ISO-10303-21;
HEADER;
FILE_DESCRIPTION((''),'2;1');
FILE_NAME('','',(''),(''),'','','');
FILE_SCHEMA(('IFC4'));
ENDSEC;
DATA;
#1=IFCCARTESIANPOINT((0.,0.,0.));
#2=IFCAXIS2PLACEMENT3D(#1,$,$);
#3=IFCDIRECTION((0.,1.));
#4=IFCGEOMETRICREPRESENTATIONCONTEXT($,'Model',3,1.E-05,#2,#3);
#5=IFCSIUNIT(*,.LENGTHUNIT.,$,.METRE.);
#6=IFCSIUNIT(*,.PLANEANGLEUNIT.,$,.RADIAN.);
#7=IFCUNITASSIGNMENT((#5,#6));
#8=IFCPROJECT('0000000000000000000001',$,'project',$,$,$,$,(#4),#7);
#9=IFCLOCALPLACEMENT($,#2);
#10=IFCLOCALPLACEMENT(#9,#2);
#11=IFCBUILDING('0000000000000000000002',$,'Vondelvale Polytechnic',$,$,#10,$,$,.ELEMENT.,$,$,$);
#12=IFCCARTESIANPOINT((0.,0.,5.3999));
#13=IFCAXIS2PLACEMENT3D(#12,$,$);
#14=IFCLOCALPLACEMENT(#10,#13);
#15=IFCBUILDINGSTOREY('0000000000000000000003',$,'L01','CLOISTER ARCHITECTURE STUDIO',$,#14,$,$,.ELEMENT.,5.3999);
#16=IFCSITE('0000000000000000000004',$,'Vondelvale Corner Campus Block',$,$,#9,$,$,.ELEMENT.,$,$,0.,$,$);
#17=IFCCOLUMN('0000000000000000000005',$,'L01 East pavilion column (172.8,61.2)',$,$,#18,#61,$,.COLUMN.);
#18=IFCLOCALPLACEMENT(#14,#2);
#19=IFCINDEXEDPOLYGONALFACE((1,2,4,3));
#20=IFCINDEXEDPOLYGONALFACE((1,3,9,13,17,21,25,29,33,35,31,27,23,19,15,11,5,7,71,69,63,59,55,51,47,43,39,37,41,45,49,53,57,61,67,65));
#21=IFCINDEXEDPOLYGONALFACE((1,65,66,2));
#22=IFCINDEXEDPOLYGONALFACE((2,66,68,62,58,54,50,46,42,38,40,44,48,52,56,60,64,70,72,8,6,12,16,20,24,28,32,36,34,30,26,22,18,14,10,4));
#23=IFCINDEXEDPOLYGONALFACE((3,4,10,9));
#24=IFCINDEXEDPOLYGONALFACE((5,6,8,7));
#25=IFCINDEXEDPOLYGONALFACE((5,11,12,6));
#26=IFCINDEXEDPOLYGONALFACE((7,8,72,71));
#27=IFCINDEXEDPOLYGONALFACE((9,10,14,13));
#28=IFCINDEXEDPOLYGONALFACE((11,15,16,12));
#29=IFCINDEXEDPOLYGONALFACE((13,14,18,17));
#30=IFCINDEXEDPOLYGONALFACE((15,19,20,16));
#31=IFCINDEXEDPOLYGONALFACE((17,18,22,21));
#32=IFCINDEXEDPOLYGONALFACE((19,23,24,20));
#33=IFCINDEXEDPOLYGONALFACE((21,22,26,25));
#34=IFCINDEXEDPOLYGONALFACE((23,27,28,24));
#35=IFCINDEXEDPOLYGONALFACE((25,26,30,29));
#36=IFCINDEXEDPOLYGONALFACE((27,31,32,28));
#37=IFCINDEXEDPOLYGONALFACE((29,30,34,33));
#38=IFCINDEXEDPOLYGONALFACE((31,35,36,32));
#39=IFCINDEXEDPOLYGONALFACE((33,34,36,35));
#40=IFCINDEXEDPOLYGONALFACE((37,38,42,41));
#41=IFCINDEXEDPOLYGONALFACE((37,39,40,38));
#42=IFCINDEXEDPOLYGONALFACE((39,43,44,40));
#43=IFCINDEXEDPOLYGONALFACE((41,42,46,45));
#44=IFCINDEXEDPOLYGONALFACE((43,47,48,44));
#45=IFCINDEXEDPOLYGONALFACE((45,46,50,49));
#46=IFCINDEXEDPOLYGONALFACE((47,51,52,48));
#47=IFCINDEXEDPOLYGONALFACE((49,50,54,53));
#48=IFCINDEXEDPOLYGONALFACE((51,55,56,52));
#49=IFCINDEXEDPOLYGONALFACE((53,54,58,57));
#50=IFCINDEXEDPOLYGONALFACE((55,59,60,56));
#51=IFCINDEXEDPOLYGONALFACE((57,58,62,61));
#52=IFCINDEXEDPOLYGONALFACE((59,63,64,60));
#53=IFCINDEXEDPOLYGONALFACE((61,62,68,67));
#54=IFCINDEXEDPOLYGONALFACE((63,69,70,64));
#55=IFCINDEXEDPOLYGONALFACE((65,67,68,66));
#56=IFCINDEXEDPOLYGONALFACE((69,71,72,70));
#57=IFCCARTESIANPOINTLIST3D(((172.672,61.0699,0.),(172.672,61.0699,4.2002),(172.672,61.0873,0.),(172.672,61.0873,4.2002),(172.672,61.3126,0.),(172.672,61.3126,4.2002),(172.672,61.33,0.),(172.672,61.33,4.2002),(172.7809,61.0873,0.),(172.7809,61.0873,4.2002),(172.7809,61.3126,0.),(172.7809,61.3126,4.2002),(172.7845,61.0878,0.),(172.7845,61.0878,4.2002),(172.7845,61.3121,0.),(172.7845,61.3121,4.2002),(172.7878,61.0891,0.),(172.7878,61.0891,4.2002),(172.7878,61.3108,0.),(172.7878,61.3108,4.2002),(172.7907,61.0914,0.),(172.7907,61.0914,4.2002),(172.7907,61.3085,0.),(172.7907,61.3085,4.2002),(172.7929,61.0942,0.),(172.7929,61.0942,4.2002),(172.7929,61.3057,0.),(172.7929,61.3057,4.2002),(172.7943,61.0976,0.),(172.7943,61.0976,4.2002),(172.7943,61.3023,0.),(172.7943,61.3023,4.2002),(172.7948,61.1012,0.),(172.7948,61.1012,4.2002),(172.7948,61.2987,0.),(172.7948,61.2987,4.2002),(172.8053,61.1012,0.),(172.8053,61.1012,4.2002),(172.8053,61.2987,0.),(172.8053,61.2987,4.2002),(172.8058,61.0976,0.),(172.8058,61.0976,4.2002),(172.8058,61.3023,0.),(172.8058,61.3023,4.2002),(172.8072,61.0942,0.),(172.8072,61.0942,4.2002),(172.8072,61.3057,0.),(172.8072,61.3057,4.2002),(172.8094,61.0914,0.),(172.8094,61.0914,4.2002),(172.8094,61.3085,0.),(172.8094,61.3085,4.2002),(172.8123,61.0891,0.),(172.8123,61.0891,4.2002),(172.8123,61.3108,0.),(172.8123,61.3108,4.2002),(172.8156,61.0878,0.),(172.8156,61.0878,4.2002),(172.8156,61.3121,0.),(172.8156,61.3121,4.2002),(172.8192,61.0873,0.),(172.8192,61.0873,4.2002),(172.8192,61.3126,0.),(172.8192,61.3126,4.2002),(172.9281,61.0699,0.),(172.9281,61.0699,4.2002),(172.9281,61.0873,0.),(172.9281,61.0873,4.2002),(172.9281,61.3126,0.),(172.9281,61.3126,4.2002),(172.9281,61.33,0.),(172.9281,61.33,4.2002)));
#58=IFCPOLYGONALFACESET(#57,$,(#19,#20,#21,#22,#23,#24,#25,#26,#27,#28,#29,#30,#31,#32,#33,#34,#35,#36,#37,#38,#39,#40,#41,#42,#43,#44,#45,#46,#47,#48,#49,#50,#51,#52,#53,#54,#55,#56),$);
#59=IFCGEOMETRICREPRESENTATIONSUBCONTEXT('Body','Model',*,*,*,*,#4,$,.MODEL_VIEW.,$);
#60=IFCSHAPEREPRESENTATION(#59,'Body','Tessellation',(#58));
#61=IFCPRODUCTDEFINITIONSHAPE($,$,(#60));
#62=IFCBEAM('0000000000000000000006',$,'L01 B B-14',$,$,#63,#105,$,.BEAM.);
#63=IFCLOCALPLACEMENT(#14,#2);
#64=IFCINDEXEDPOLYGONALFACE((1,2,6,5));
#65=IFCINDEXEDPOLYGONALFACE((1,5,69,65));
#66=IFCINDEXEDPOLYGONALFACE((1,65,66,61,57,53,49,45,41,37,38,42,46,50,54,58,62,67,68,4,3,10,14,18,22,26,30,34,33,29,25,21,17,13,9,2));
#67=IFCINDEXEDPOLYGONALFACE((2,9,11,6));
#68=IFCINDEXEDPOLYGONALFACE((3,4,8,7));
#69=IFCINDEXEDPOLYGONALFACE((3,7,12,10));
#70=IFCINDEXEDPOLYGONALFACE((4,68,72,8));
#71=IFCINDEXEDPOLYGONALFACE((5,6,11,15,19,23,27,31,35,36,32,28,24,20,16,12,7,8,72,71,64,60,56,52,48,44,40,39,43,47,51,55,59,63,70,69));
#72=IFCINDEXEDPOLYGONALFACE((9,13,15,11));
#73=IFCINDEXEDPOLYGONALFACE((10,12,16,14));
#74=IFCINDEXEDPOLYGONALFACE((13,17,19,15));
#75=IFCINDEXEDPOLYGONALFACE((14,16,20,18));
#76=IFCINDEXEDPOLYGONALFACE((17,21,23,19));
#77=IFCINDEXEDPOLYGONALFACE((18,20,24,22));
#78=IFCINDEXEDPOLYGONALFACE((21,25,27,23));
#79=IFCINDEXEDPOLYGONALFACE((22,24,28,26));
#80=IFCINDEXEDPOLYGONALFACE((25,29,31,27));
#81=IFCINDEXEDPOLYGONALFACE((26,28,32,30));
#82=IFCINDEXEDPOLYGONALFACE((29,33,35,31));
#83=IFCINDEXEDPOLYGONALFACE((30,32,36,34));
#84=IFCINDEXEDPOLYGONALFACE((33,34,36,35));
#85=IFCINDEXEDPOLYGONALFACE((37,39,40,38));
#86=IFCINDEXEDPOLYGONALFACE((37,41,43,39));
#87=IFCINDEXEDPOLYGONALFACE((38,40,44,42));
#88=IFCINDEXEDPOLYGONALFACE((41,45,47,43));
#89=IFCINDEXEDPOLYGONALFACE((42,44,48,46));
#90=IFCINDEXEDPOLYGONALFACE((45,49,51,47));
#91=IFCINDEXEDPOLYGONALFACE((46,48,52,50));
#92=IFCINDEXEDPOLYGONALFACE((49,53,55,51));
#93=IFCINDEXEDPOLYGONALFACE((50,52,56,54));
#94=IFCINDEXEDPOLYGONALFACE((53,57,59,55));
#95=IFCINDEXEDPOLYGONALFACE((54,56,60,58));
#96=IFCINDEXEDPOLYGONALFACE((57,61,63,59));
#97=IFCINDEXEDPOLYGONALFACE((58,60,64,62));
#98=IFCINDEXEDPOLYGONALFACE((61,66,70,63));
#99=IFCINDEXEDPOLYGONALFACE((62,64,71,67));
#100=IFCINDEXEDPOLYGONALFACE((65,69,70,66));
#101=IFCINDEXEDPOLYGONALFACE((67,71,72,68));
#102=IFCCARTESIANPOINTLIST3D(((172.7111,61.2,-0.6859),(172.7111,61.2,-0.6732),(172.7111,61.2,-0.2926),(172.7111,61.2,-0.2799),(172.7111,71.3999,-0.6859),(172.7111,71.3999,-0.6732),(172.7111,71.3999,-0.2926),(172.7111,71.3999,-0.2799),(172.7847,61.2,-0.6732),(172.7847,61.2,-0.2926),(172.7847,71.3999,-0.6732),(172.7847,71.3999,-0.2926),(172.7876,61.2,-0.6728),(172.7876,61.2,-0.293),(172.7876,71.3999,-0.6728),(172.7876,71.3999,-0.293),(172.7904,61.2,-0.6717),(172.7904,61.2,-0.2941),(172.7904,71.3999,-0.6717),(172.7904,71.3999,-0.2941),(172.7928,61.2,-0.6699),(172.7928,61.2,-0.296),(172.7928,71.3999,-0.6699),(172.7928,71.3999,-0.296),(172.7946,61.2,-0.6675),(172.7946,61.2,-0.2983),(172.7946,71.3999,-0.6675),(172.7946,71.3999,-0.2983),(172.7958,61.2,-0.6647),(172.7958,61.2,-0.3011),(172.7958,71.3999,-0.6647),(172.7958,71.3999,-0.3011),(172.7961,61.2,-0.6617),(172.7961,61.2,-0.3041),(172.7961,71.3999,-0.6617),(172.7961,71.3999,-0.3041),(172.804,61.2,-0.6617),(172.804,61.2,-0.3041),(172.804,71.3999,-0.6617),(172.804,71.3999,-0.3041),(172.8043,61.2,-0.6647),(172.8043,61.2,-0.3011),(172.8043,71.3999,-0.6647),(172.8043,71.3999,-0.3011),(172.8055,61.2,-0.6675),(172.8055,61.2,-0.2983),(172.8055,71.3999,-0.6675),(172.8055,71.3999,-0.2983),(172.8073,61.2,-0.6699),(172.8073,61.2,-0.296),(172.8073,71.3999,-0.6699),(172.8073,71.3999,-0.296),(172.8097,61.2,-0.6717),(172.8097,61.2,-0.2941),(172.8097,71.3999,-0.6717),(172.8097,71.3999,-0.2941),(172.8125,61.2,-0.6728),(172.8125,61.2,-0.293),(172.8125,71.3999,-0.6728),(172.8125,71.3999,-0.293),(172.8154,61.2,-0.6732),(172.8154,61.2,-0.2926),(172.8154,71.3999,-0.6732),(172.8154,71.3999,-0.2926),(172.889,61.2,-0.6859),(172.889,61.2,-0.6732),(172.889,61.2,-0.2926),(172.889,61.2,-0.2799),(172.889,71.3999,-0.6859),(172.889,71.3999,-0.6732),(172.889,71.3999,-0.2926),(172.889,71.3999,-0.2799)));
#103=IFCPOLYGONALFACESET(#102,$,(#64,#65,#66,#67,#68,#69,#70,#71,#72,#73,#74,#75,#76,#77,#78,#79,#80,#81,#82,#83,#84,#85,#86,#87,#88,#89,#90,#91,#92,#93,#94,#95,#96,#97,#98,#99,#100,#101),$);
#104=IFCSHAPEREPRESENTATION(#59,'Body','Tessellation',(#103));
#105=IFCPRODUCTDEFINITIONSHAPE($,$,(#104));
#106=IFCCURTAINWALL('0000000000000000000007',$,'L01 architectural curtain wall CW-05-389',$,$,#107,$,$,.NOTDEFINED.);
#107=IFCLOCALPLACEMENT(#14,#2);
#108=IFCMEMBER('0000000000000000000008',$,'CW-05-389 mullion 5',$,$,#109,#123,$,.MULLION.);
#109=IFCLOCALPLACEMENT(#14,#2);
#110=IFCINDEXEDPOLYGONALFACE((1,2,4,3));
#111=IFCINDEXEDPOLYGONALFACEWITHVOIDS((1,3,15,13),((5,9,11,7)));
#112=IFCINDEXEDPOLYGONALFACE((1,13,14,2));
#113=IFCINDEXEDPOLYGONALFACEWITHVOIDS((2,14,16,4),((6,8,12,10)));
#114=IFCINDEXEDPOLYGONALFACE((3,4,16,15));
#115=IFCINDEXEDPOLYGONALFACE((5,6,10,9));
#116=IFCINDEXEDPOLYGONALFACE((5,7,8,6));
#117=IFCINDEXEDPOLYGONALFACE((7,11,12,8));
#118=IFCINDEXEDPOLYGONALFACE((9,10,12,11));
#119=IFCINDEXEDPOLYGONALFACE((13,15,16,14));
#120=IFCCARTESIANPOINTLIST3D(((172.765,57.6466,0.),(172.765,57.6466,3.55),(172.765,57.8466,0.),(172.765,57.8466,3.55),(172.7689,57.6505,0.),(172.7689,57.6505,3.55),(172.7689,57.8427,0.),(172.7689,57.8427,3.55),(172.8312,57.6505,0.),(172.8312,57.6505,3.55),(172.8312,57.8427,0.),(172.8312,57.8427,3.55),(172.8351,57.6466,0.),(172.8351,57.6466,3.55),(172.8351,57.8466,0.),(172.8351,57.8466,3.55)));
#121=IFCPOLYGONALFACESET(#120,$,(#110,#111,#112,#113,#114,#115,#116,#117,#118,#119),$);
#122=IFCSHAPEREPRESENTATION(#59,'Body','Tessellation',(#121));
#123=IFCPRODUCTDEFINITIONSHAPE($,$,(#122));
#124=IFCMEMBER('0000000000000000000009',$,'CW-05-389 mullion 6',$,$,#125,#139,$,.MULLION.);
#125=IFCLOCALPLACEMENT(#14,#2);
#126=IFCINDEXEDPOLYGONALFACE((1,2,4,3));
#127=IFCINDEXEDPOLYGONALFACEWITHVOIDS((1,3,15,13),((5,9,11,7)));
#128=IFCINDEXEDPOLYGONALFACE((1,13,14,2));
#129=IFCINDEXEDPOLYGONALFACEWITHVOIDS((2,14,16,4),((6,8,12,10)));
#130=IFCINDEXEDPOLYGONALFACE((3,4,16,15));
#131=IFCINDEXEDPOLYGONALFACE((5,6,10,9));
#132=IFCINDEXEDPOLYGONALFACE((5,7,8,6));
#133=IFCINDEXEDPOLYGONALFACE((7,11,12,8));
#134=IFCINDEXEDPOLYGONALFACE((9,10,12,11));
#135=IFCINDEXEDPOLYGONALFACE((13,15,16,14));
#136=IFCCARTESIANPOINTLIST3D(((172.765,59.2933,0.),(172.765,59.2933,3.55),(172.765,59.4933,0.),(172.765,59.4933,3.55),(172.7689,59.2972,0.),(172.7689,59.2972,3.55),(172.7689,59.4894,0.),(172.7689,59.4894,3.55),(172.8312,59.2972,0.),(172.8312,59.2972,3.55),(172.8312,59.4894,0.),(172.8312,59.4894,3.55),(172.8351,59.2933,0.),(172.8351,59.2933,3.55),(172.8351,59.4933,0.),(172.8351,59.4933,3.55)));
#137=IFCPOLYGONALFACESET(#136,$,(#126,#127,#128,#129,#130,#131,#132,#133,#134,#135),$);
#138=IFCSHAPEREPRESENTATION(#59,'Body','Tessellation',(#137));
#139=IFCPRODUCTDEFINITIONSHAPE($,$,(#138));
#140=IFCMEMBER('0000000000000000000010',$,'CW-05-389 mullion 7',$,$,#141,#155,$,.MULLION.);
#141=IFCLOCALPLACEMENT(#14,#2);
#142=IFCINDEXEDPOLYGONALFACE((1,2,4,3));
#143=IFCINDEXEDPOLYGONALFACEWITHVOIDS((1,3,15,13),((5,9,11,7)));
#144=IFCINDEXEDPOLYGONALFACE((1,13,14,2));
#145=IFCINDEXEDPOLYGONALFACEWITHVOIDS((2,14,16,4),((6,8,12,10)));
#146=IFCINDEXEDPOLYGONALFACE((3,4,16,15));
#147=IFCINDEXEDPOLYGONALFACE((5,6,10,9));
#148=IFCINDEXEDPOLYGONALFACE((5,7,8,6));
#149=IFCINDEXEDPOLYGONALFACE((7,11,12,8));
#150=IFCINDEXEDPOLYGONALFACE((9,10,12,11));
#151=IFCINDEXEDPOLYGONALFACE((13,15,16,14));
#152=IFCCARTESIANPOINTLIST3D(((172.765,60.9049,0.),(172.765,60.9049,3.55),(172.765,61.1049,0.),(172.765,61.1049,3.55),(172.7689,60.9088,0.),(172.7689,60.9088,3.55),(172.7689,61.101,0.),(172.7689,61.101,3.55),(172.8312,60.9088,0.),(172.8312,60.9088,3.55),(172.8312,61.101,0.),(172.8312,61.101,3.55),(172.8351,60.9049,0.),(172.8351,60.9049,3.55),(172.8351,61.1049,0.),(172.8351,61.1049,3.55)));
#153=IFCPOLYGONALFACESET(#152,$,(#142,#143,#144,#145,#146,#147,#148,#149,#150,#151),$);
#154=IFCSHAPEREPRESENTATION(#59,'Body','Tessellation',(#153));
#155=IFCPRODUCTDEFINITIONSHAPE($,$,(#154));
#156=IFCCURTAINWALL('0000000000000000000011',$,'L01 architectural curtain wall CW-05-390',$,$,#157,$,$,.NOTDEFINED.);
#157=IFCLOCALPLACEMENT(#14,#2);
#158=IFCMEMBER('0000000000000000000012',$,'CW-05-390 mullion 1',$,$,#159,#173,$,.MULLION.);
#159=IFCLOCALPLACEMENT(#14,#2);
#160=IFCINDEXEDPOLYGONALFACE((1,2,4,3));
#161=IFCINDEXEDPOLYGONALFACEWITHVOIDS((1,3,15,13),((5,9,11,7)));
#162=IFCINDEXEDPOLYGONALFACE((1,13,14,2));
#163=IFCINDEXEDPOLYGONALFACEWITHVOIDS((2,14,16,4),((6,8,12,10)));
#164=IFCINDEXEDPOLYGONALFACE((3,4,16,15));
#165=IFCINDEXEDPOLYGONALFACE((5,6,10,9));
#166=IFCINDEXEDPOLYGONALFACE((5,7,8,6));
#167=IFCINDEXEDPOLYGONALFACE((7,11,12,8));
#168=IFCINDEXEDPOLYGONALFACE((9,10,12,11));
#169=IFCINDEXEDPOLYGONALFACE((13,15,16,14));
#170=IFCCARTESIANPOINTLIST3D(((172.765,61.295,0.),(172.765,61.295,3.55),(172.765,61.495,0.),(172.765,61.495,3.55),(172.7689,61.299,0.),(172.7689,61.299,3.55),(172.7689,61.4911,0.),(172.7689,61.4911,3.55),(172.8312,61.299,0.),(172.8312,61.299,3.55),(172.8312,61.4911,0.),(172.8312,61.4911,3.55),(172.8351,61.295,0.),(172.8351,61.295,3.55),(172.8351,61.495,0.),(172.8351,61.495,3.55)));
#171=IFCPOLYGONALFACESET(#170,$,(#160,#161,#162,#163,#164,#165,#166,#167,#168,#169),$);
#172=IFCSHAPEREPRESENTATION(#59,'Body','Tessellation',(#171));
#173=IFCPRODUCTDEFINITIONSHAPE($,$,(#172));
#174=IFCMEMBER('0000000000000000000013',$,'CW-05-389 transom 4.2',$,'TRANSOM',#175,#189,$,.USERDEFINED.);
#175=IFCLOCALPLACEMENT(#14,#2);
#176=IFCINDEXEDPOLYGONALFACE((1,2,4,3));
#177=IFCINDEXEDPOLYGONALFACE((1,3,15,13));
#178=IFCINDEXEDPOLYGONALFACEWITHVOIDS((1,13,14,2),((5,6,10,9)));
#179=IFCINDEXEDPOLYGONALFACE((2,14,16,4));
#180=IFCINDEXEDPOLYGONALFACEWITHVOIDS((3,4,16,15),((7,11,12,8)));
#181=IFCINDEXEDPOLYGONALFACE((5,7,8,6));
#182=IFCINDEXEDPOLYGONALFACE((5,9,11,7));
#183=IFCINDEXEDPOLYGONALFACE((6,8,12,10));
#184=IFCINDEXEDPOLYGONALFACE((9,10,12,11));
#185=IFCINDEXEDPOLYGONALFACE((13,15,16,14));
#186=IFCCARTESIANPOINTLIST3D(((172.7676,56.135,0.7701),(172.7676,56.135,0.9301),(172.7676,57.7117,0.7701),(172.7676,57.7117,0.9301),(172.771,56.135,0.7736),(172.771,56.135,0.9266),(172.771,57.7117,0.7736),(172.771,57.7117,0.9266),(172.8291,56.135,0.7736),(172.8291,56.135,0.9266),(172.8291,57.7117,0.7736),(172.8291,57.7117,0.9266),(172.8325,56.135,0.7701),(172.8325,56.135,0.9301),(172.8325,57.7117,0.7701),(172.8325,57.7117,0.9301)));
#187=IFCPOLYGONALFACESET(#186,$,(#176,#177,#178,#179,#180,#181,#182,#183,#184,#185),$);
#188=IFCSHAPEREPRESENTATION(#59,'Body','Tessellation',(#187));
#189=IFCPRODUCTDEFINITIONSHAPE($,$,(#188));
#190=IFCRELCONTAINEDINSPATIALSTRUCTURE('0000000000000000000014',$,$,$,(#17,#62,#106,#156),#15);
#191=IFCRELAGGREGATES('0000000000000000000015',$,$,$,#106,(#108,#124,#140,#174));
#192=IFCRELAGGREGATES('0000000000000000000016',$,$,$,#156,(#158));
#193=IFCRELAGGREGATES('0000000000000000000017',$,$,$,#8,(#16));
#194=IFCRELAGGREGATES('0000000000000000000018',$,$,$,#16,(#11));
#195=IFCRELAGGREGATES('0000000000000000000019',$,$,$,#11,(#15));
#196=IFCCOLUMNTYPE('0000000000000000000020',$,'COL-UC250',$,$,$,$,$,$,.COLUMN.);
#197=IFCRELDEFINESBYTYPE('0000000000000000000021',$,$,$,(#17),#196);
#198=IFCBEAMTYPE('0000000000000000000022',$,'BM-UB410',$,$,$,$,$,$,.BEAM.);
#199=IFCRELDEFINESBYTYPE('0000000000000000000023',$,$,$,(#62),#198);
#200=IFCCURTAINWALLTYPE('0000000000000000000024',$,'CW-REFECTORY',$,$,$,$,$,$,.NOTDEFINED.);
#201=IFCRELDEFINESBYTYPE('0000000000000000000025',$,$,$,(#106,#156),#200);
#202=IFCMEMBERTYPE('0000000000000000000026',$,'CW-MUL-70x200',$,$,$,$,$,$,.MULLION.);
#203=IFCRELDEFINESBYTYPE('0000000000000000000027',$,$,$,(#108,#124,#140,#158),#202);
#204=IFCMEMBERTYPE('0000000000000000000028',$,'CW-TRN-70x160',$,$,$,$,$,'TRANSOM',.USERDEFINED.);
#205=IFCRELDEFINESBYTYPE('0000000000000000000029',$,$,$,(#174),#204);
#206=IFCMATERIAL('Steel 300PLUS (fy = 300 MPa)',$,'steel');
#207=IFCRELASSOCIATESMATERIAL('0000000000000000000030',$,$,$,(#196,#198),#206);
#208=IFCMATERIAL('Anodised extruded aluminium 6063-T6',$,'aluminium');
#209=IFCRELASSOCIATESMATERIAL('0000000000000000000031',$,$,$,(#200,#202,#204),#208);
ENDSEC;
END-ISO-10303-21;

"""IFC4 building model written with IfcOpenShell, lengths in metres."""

from ifc_helpers import new_model, si_unit, direction, frame, origin, origin_2d, place, context, subcontext, project, spatial, hollow_rectangle, i_section, extrude, material, material_profile, profile_set, type_object, element, aggregate, save


model = new_model("IFC4")

# Units and contexts
model_context = context("Model", 3, precision=1e-05, world=origin(), true_north=direction((0.0, 1.0)))
body_context = subcontext(model_context, "Body", "Model", "MODEL_VIEW")
ifc_project = project(units=[si_unit("LENGTHUNIT", "METRE"), si_unit("PLANEANGLEUNIT", "RADIAN")], contexts=[model_context])

# Site, building, storey
site_placement = place(None, origin())
site = spatial("IfcSite", under=ifc_project, at=site_placement, Name="Vondelvale Corner Campus Block", CompositionType="ELEMENT", RefElevation=0.0)
building_placement = place(site_placement, origin())
building = spatial("IfcBuilding", under=site, at=building_placement, Name="Vondelvale Polytechnic", CompositionType="ELEMENT")
storey_placement = place(building_placement, frame((0.0, 0.0, 5.3999)))
storey = spatial("IfcBuildingStorey", under=building, at=storey_placement, Name="L01", Description="CLOISTER ARCHITECTURE STUDIO", CompositionType="ELEMENT", Elevation=5.3999)

# Column
ifc_material_1 = material(Name="Steel 300PLUS (fy = 300 MPa)", Category="steel")
ifc_material_profile_1 = material_profile(ifc_material_1, i_section(OverallWidth=0.2561, OverallDepth=0.26, WebThickness=0.0105, FlangeThickness=0.0173, FilletRadius=0.0139, at=origin_2d()), Name="250UC89.5")
ifc_profile_set_1 = profile_set([ifc_material_profile_1], Name="Steel 300PLUS (fy = 300 MPa)")
column_type = type_object("IfcColumnType", Name="COL-UC250", PredefinedType="COLUMN", material=ifc_profile_set_1)
column_placement = place(storey_placement, frame((172.8, 61.2, 0.0), z_axis=(0.0, 0.0, 1.0), x_axis=(1.0, 0.0, 0.0)))
element("IfcColumn", 1, at=column_placement, inside=storey, type_object=column_type, Name="L01 East pavilion column (172.8,61.2)", PredefinedType="COLUMN", context=body_context, shape_type="SweptSolid", body=[
    extrude(i_section(OverallWidth=0.2561, OverallDepth=0.26, WebThickness=0.0105, FlangeThickness=0.0173, FilletRadius=0.0139, at=origin_2d()), origin(), (0.0, 0.0, 1.0), 4.2002),
])

# Beam
ifc_material_profile_2 = material_profile(ifc_material_1, i_section(OverallWidth=0.178, OverallDepth=0.406, WebThickness=0.0078, FlangeThickness=0.0127, FilletRadius=0.0115, at=origin_2d()), Name="410UB59.7")
ifc_profile_set_2 = profile_set([ifc_material_profile_2], Name="Steel 300PLUS (fy = 300 MPa)")
beam_type = type_object("IfcBeamType", Name="BM-UB410", PredefinedType="BEAM", material=ifc_profile_set_2)
beam_placement = place(storey_placement, frame((172.8, 61.2, -0.4829), z_axis=(0.0, 1.0, 0.0), x_axis=(-1.0, 0.0, 0.0)))
element("IfcBeam", 2, at=beam_placement, inside=storey, type_object=beam_type, Name="L01 B B-14", PredefinedType="BEAM", context=body_context, shape_type="SweptSolid", body=[
    extrude(i_section(OverallWidth=0.178, OverallDepth=0.406, WebThickness=0.0078, FlangeThickness=0.0127, FilletRadius=0.0115, at=origin_2d()), origin(), (0.0, 0.0, 1.0), 10.2),
])

# Curtain wall, members
ifc_material_2 = material(Name="Anodised extruded aluminium 6063-T6", Category="aluminium")
curtain_wall_type = type_object("IfcCurtainWallType", Name="CW-REFECTORY", PredefinedType="NOTDEFINED", material=ifc_material_2)
curtain_wall_1_placement = place(storey_placement, origin())
curtain_wall_1 = element("IfcCurtainWall", 3, at=curtain_wall_1_placement, inside=storey, type_object=curtain_wall_type, Name="L01 architectural curtain wall CW-05-389", PredefinedType="NOTDEFINED")
ifc_material_profile_3 = material_profile(ifc_material_2, hollow_rectangle(XDim=0.0701, YDim=0.2, WallThickness=0.0039, at=origin_2d()), Name="CW-MUL-200x70")
ifc_profile_set_3 = profile_set([ifc_material_profile_3], Name="Anodised extruded aluminium 6063-T6")
member_type_1 = type_object("IfcMemberType", Name="CW-MUL-70x200", PredefinedType="MULLION", material=ifc_profile_set_3)
member_1_placement = place(storey_placement, frame((172.8, 57.7466, 0.0), z_axis=(0.0, 0.0, 1.0), x_axis=(-1.0, 0.0, 0.0)))
member_1 = element("IfcMember", 4, at=member_1_placement, type_object=member_type_1, Name="CW-05-389 mullion 5", PredefinedType="MULLION", context=body_context, shape_type="SweptSolid", body=[
    extrude(hollow_rectangle(XDim=0.0701, YDim=0.2, WallThickness=0.0039, at=origin_2d()), origin(), (0.0, 0.0, 1.0), 3.55),
])
member_2_placement = place(storey_placement, frame((172.8, 59.3933, 0.0), z_axis=(0.0, 0.0, 1.0), x_axis=(-1.0, 0.0, 0.0)))
member_2 = element("IfcMember", 5, at=member_2_placement, type_object=member_type_1, Name="CW-05-389 mullion 6", PredefinedType="MULLION", context=body_context, shape_type="SweptSolid", body=[
    extrude(hollow_rectangle(XDim=0.0701, YDim=0.2, WallThickness=0.0039, at=origin_2d()), origin(), (0.0, 0.0, 1.0), 3.55),
])
member_3_placement = place(storey_placement, frame((172.8, 61.0049, 0.0), z_axis=(0.0, 0.0, 1.0), x_axis=(-1.0, 0.0, 0.0)))
member_3 = element("IfcMember", 6, at=member_3_placement, type_object=member_type_1, Name="CW-05-389 mullion 7", PredefinedType="MULLION", context=body_context, shape_type="SweptSolid", body=[
    extrude(hollow_rectangle(XDim=0.0701, YDim=0.2, WallThickness=0.0039, at=origin_2d()), origin(), (0.0, 0.0, 1.0), 3.55),
])

# Curtain wall, member
curtain_wall_2_placement = place(storey_placement, origin())
curtain_wall_2 = element("IfcCurtainWall", 7, at=curtain_wall_2_placement, inside=storey, type_object=curtain_wall_type, Name="L01 architectural curtain wall CW-05-390", PredefinedType="NOTDEFINED")
member_4_placement = place(storey_placement, frame((172.8, 61.395, 0.0), z_axis=(0.0, 0.0, 1.0), x_axis=(-1.0, 0.0, 0.0)))
member_4 = element("IfcMember", 8, at=member_4_placement, type_object=member_type_1, Name="CW-05-390 mullion 1", PredefinedType="MULLION", context=body_context, shape_type="SweptSolid", body=[
    extrude(hollow_rectangle(XDim=0.0701, YDim=0.2, WallThickness=0.0039, at=origin_2d()), origin(), (0.0, 0.0, 1.0), 3.55),
])

# Member
ifc_material_profile_4 = material_profile(ifc_material_2, hollow_rectangle(XDim=0.0649, YDim=0.1599, WallThickness=0.0034, at=origin_2d()), Name="CW-TRN-160x65")
ifc_profile_set_4 = profile_set([ifc_material_profile_4], Name="Anodised extruded aluminium 6063-T6")
member_type_2 = type_object("IfcMemberType", Name="CW-TRN-70x160", ElementType="TRANSOM", PredefinedType="USERDEFINED", material=ifc_profile_set_4)
member_5_placement = place(storey_placement, frame((172.8, 56.135, 0.8501), z_axis=(0.0, 1.0, 0.0), x_axis=(-1.0, 0.0, 0.0)))
member_5 = element("IfcMember", 9, at=member_5_placement, type_object=member_type_2, Name="CW-05-389 transom 4.2", ObjectType="TRANSOM", PredefinedType="USERDEFINED", context=body_context, shape_type="SweptSolid", body=[
    extrude(hollow_rectangle(XDim=0.0649, YDim=0.1599, WallThickness=0.0034, at=origin_2d()), origin(), (0.0, 0.0, 1.0), 1.5767),
])

aggregate(curtain_wall_1, [member_1, member_2, member_3, member_5])
aggregate(curtain_wall_2, [member_4])

save(model, "model.ifc")
